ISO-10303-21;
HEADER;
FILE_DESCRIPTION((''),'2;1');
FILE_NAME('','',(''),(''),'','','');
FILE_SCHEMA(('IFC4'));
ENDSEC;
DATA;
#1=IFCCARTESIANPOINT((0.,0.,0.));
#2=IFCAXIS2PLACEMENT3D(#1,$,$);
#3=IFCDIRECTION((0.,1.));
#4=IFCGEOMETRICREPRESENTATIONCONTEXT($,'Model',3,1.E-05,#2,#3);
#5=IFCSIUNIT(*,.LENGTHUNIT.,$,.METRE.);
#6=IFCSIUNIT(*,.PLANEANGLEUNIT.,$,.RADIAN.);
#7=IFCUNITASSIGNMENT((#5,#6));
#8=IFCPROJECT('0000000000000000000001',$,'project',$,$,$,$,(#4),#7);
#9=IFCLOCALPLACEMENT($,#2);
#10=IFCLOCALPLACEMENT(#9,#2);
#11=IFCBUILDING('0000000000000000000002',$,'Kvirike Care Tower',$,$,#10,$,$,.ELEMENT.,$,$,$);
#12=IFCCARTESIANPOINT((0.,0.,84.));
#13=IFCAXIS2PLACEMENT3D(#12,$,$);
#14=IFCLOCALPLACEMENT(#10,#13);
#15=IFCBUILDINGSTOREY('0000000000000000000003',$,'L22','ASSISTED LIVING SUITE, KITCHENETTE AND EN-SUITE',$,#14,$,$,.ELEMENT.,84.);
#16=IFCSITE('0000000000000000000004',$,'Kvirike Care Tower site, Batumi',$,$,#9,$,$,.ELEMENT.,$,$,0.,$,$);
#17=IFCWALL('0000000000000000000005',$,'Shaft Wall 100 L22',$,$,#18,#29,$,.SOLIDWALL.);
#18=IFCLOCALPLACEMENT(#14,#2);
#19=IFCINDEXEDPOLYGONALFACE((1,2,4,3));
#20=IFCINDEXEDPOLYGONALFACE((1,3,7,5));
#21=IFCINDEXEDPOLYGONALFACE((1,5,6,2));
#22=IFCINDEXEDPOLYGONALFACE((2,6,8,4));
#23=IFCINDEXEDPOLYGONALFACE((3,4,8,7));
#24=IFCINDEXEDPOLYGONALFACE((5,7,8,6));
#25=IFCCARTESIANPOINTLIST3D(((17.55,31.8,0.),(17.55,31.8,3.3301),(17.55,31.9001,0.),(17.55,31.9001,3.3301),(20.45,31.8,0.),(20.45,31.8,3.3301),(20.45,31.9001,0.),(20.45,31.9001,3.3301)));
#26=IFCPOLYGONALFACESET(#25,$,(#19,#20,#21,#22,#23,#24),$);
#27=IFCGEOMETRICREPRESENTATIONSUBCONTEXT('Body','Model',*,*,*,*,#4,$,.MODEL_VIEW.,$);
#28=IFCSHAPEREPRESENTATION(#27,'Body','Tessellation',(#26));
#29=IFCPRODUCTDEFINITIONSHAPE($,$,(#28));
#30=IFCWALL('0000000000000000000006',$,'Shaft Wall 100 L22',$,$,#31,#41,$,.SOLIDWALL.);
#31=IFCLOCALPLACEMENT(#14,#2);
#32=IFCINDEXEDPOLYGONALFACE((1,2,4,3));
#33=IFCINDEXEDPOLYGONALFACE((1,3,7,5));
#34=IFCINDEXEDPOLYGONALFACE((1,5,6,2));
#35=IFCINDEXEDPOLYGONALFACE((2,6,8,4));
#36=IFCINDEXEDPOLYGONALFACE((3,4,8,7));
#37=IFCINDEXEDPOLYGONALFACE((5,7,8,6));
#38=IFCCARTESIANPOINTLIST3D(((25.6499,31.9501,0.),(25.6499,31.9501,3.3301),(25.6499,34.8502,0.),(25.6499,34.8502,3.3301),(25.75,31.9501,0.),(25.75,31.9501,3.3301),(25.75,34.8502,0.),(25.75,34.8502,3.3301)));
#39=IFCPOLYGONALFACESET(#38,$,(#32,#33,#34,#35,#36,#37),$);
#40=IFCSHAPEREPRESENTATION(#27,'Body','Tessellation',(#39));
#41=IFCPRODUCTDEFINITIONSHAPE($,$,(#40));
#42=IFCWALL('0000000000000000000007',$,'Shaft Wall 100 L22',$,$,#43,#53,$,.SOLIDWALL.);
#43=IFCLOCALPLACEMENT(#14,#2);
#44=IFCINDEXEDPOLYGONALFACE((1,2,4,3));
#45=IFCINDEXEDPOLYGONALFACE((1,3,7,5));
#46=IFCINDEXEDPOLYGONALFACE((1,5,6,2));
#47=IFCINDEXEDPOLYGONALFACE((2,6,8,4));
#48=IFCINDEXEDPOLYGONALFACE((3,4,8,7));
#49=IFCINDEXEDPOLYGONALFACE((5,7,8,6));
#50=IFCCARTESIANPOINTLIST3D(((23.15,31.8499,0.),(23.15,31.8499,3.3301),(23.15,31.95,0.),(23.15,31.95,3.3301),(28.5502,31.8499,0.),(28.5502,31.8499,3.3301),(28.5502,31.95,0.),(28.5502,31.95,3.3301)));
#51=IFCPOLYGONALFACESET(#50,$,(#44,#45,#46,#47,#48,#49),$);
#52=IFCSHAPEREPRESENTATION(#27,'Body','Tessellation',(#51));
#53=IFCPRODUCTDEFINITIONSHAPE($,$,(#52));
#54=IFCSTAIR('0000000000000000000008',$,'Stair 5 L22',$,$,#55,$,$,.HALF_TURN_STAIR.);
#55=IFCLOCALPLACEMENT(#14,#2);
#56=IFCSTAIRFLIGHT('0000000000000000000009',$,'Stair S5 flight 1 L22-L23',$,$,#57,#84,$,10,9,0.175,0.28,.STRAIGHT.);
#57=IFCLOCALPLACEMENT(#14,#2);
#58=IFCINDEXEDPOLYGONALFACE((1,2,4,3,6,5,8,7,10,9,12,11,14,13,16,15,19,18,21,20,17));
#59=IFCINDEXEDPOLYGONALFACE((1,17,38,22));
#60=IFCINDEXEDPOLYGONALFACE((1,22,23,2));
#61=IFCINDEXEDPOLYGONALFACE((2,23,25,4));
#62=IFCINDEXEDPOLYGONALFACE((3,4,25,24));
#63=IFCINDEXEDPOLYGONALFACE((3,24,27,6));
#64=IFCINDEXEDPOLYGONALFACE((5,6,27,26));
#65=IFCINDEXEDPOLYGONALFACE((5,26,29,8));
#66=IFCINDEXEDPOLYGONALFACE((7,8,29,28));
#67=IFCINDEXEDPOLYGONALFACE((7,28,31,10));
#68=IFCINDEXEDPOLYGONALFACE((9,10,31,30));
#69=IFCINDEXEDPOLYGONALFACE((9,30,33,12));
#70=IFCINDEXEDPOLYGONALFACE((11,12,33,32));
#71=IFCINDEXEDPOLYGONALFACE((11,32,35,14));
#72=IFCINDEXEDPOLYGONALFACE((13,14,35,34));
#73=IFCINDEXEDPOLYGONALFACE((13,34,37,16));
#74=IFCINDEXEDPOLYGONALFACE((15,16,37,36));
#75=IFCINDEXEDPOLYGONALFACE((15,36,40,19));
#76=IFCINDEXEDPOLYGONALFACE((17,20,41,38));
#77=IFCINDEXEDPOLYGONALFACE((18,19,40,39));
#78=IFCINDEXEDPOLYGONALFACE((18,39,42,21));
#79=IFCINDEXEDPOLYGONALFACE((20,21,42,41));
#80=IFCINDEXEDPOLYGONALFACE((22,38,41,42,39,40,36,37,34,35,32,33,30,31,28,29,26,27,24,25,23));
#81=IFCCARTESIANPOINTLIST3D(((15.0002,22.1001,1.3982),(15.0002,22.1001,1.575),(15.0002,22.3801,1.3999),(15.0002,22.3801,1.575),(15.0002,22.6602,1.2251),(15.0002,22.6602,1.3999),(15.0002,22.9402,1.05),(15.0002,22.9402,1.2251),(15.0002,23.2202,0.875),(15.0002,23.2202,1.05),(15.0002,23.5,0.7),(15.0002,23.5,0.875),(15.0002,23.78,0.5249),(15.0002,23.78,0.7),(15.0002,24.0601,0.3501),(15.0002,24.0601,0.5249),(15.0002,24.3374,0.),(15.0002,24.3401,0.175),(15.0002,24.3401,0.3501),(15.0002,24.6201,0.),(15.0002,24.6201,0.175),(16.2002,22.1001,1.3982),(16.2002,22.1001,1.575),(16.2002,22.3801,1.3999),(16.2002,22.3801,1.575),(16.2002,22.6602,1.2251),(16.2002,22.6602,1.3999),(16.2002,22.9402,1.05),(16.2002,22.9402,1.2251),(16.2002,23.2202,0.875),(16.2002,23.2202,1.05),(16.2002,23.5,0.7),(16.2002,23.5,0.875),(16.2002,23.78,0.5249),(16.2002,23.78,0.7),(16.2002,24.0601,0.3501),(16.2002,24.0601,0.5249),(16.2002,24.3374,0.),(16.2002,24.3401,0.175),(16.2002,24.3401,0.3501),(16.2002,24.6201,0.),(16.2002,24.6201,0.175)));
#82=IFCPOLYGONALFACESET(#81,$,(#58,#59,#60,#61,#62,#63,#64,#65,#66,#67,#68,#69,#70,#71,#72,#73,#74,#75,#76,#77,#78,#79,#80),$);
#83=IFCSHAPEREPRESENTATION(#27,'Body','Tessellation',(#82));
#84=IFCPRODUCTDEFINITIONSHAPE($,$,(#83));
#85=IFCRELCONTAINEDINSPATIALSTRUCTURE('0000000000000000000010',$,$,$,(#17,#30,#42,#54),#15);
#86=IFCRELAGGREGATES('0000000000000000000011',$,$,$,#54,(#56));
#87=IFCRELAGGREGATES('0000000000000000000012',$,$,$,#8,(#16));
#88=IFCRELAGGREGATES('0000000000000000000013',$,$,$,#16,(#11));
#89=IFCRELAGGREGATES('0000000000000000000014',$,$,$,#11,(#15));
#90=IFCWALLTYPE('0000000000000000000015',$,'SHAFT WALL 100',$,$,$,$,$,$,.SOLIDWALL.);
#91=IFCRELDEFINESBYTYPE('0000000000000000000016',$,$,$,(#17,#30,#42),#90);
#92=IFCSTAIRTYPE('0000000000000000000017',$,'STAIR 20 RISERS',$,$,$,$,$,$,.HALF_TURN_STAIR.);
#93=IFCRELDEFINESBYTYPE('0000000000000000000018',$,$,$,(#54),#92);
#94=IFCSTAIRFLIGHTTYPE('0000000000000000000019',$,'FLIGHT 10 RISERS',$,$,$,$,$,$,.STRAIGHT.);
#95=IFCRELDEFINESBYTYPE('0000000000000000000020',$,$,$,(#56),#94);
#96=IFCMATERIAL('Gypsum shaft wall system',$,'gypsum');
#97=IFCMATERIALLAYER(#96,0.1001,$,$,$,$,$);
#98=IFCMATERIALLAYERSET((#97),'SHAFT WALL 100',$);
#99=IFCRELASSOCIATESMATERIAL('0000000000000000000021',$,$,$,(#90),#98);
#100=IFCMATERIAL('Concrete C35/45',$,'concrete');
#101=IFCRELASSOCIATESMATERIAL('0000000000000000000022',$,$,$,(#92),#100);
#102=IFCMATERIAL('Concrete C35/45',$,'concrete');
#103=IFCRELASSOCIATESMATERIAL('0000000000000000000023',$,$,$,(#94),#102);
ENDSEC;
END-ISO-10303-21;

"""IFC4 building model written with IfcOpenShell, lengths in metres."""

from ifc_helpers import new_model, si_unit, direction, frame, frame_2d, origin, place, context, subcontext, project, spatial, polyline, rectangle, outline, extrude, material, layer, layer_set, type_object, element, aggregate, save


model = new_model("IFC4")

# Units and contexts
model_context = context("Model", 3, precision=1e-05, world=origin(), true_north=direction((0.0, 1.0)))
body_context = subcontext(model_context, "Body", "Model", "MODEL_VIEW")
ifc_project = project(units=[si_unit("LENGTHUNIT", "METRE"), si_unit("PLANEANGLEUNIT", "RADIAN")], contexts=[model_context])

# Site, building, storey
site_placement = place(None, origin())
site = spatial("IfcSite", under=ifc_project, at=site_placement, Name="Kvirike Care Tower site, Batumi", CompositionType="ELEMENT", RefElevation=0.0)
building_placement = place(site_placement, origin())
building = spatial("IfcBuilding", under=site, at=building_placement, Name="Kvirike Care Tower", CompositionType="ELEMENT")
storey_placement = place(building_placement, frame((0.0, 0.0, 84.0)))
storey = spatial("IfcBuildingStorey", under=building, at=storey_placement, Name="L22", Description="ASSISTED LIVING SUITE, KITCHENETTE AND EN-SUITE", CompositionType="ELEMENT", Elevation=84.0)

# Shared definitions
ifc_material_1 = material(Name="Gypsum shaft wall system", Category="gypsum")
ifc_layer_1 = layer(ifc_material_1, 0.1001)
ifc_layer_set_1 = layer_set([ifc_layer_1], Name="SHAFT WALL 100")
wall_type_1 = type_object("IfcWallType", Name="SHAFT WALL 100", PredefinedType="SOLIDWALL", material=ifc_layer_set_1)

# Walls
wall_1_placement = place(storey_placement, frame((17.55, 31.8501, 0.0), z_axis=(0.0, 0.0, 1.0), x_axis=(1.0, 0.0, 0.0)))
element("IfcWall", 1, at=wall_1_placement, inside=storey, type_object=wall_type_1, Name="Shaft Wall 100 L22", PredefinedType="SOLIDWALL", context=body_context, shape_type="SweptSolid", body=[
    extrude(rectangle(XDim=2.8999, YDim=0.1001, at=frame_2d((1.45, 0.0))), origin(), (0.0, 0.0, 1.0), 3.3301),
])
wall_2_placement = place(storey_placement, frame((25.7, 31.95, 0.0), z_axis=(0.0, 0.0, 1.0), x_axis=(0.0, 1.0, 0.0)))
element("IfcWall", 2, at=wall_2_placement, inside=storey, type_object=wall_type_1, Name="Shaft Wall 100 L22", PredefinedType="SOLIDWALL", context=body_context, shape_type="SweptSolid", body=[
    extrude(rectangle(XDim=2.9001, YDim=0.1001, at=frame_2d((1.4502, 0.0))), origin(), (0.0, 0.0, 1.0), 3.3301),
])
wall_3_placement = place(storey_placement, frame((23.1499, 31.8999, 0.0), z_axis=(0.0, 0.0, 1.0), x_axis=(1.0, 0.0, 0.0)))
element("IfcWall", 3, at=wall_3_placement, inside=storey, type_object=wall_type_1, Name="Shaft Wall 100 L22", PredefinedType="SOLIDWALL", context=body_context, shape_type="SweptSolid", body=[
    extrude(rectangle(XDim=5.4001, YDim=0.1001, at=frame_2d((2.7002, 0.0))), origin(), (0.0, 0.0, 1.0), 3.3301),
])

# Stair, stair flight
ifc_material_2 = material(Name="Concrete C35/45", Category="concrete")
stair_type = type_object("IfcStairType", Name="STAIR 20 RISERS", PredefinedType="HALF_TURN_STAIR", material=ifc_material_2)
stair_placement = place(storey_placement, origin())
stair = element("IfcStair", 4, at=stair_placement, inside=storey, type_object=stair_type, Name="Stair 5 L22", PredefinedType="HALF_TURN_STAIR")
ifc_material_3 = material(Name="Concrete C35/45", Category="concrete")
stair_flight_type = type_object("IfcStairFlightType", Name="FLIGHT 10 RISERS", PredefinedType="STRAIGHT", material=ifc_material_3)
stair_flight_placement = place(storey_placement, frame((15.6001, 24.6201, 0.0), z_axis=(0.0, 0.0, 1.0), x_axis=(0.0, -1.0, 0.0)))
stair_flight = element("IfcStairFlight", 5, at=stair_flight_placement, type_object=stair_flight_type, Name="Stair S5 flight 1 L22-L23", NumberOfRisers=10, NumberOfTreads=9, PredefinedType="STRAIGHT", RiserHeight=0.175, TreadLength=0.28, context=body_context, shape_type="SweptSolid", body=[
    extrude(outline(polyline([(0.0, 0.0), (0.0, 0.175), (0.28, 0.175), (0.28, 0.3501), (0.5601, 0.3501), (0.5601, 0.5249), (0.8401, 0.5249), (0.8401, 0.7), (1.1201, 0.7), (1.1201, 0.875), (1.3999, 0.875), (1.3999, 1.05), (1.6799, 1.05), (1.6799, 1.2251), (1.96, 1.2251), (1.96, 1.3999), (2.24, 1.3999), (2.24, 1.575), (2.52, 1.575), (2.52, 1.75), (2.52, 1.3982), (0.2827, 0.0), (0.0, 0.0)])), frame((0.0, 0.6001, 0.0), z_axis=(0.0, -1.0, 0.0), x_axis=(1.0, 0.0, 0.0)), (0.0, 0.0, 1.0), 1.2),
])
aggregate(stair, [stair_flight])

save(model, "model.ifc")
